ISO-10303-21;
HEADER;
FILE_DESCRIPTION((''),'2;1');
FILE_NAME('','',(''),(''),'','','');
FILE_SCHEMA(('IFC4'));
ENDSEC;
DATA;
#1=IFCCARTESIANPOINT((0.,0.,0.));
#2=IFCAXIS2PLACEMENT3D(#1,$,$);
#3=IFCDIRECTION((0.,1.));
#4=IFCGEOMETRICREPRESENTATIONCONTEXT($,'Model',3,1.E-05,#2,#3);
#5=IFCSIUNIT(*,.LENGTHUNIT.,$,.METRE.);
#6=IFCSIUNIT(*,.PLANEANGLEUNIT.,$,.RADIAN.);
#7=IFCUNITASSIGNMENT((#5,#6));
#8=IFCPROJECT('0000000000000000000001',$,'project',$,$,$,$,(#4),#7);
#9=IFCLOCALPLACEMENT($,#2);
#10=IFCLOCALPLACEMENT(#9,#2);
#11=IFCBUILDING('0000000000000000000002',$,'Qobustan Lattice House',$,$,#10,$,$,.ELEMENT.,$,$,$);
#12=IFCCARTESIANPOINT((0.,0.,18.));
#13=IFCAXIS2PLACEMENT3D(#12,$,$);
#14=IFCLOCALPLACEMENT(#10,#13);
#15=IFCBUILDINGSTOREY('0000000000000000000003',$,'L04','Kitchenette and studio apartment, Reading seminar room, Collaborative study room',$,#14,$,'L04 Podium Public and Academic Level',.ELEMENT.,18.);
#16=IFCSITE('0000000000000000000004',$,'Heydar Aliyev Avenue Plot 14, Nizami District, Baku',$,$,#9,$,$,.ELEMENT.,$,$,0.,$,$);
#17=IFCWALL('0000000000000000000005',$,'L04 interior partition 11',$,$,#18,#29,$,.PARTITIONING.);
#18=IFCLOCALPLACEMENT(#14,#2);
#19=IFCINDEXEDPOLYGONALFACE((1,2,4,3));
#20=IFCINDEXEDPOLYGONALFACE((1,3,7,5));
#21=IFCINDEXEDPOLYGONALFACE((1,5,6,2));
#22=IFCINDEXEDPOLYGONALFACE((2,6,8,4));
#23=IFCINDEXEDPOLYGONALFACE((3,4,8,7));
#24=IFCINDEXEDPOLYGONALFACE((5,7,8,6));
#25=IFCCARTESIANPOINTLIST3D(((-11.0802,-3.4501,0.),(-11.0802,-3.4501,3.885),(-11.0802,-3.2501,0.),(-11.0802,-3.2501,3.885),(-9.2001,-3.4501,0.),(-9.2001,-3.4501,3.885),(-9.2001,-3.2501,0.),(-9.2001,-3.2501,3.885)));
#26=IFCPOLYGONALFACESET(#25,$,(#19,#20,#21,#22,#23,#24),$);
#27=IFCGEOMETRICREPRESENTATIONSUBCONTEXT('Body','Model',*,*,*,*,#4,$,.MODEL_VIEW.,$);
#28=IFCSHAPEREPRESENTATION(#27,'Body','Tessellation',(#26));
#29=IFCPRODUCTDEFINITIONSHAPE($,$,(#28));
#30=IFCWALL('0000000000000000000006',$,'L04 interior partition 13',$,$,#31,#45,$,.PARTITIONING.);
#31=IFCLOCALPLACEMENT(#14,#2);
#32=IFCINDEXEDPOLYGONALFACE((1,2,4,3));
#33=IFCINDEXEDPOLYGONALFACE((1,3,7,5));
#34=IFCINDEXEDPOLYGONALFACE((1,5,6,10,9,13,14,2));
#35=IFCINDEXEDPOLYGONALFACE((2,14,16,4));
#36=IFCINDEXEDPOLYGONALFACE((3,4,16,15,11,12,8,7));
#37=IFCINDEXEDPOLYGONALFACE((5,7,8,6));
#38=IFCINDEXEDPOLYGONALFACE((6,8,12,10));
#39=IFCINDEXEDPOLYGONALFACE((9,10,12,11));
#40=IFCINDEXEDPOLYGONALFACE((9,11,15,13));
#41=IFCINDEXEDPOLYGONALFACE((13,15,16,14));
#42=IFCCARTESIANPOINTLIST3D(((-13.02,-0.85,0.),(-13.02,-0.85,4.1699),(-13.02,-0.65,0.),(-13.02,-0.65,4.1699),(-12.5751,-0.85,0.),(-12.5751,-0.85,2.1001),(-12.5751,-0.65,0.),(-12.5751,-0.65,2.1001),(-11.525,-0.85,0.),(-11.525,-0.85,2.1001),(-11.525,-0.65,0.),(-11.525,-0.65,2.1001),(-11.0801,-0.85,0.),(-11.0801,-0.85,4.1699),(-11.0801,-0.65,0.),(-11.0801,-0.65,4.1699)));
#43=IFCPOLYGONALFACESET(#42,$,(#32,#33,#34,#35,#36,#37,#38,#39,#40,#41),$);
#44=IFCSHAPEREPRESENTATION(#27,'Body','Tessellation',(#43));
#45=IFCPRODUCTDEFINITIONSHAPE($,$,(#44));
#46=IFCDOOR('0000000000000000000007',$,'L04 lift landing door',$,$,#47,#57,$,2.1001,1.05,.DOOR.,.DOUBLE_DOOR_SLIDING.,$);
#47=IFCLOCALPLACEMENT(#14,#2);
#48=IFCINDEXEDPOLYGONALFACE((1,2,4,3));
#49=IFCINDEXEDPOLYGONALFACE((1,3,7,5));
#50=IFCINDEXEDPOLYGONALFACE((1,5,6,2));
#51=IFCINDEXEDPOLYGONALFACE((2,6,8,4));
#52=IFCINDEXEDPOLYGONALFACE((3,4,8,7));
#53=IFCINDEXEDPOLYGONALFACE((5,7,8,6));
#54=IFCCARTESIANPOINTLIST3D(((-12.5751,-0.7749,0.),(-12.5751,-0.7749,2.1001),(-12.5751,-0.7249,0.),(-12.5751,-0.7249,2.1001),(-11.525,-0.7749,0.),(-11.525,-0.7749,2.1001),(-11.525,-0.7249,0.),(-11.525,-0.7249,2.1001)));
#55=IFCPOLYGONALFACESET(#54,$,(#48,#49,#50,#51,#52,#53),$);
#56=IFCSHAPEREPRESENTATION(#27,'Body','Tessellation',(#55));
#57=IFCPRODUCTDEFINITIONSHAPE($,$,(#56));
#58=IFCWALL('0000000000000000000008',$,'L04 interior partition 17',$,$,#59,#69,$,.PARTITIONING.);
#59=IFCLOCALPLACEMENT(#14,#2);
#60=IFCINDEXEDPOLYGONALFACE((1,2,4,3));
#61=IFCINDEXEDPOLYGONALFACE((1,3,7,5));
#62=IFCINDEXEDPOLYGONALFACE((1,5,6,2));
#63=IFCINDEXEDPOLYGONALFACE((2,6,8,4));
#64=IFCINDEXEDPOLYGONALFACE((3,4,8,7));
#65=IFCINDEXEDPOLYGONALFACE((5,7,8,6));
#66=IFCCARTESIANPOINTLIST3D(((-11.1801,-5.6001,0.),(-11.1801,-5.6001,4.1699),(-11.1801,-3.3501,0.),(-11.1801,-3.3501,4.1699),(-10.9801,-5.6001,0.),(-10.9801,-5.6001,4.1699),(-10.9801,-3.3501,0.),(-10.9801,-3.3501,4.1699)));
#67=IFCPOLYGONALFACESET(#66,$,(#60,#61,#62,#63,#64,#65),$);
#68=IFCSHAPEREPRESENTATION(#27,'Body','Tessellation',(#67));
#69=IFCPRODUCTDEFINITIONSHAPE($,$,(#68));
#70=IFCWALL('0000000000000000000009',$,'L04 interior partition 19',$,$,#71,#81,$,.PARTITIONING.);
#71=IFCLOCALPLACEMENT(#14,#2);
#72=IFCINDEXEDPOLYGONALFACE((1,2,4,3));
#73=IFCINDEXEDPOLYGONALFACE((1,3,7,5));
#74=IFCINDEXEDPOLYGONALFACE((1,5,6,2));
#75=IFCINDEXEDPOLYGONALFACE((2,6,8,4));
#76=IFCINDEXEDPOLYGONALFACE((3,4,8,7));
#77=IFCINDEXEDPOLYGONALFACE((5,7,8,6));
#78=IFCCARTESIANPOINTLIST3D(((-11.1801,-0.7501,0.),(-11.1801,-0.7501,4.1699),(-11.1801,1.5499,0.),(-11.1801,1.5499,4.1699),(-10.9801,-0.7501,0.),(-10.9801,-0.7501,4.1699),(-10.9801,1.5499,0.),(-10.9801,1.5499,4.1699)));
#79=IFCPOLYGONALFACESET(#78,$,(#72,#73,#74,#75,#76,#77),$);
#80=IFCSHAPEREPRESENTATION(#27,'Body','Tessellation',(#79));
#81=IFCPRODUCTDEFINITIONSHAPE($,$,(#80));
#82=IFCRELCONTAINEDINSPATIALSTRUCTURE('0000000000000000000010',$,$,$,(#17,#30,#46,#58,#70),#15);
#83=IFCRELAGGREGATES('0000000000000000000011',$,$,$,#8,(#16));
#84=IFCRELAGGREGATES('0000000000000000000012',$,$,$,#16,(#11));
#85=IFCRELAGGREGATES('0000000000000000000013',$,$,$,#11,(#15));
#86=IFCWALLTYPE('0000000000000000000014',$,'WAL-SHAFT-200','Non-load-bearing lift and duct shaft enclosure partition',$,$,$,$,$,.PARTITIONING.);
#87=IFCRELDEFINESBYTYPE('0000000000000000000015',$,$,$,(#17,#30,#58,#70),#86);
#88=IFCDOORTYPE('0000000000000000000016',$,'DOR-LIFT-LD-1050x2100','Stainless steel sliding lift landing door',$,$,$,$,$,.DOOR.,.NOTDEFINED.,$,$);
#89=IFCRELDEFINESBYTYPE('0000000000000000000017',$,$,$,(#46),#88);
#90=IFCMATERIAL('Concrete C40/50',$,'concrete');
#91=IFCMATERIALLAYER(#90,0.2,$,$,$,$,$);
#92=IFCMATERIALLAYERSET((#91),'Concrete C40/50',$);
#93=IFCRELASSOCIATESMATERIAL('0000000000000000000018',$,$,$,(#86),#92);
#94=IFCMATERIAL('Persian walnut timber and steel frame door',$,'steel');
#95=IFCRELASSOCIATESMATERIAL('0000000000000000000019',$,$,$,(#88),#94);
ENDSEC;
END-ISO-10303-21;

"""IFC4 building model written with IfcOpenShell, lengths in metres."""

from ifc_helpers import new_model, si_unit, direction, frame, frame_2d, origin, place, context, subcontext, project, spatial, rectangle, extrude, material, layer, layer_set, type_object, element, fill, save


model = new_model("IFC4")

# Units and contexts
model_context = context("Model", 3, precision=1e-05, world=origin(), true_north=direction((0.0, 1.0)))
body_context = subcontext(model_context, "Body", "Model", "MODEL_VIEW")
ifc_project = project(units=[si_unit("LENGTHUNIT", "METRE"), si_unit("PLANEANGLEUNIT", "RADIAN")], contexts=[model_context])

# Site, building, storey
site_placement = place(None, origin())
site = spatial("IfcSite", under=ifc_project, at=site_placement, Name="Heydar Aliyev Avenue Plot 14, Nizami District, Baku", CompositionType="ELEMENT", RefElevation=0.0)
building_placement = place(site_placement, origin())
building = spatial("IfcBuilding", under=site, at=building_placement, Name="Qobustan Lattice House", CompositionType="ELEMENT")
storey_placement = place(building_placement, frame((0.0, 0.0, 18.0)))
storey = spatial("IfcBuildingStorey", under=building, at=storey_placement, Name="L04", Description="Kitchenette and studio apartment, Reading seminar room, Collaborative study room", LongName="L04 Podium Public and Academic Level", CompositionType="ELEMENT", Elevation=18.0)

# Wall
ifc_material_1 = material(Name="Concrete C40/50", Category="concrete")
ifc_layer_1 = layer(ifc_material_1, 0.2)
ifc_layer_set_1 = layer_set([ifc_layer_1], Name="Concrete C40/50")
wall_type_1 = type_object("IfcWallType", Name="WAL-SHAFT-200", Description="Non-load-bearing lift and duct shaft enclosure partition", PredefinedType="PARTITIONING", material=ifc_layer_set_1)
wall_1_placement = place(storey_placement, frame((-11.0801, -3.3501, 0.0), z_axis=(0.0, 0.0, 1.0), x_axis=(1.0, 0.0, 0.0)))
element("IfcWall", 1, at=wall_1_placement, inside=storey, type_object=wall_type_1, Name="L04 interior partition 11", PredefinedType="PARTITIONING", context=body_context, shape_type="SweptSolid", body=[
    extrude(rectangle(XDim=1.8801, YDim=0.2, at=frame_2d((0.9399, 0.0))), origin(), (0.0, 0.0, 1.0), 3.885),
])

# Wall, opening, door
wall_2_placement = place(storey_placement, frame((-11.0801, -0.75, 0.0), z_axis=(0.0, 0.0, 1.0), x_axis=(-1.0, 0.0, 0.0)))
wall_2 = element("IfcWall", 2, at=wall_2_placement, inside=storey, type_object=wall_type_1, Name="L04 interior partition 13", PredefinedType="PARTITIONING", context=body_context, shape_type="SweptSolid", body=[
    extrude(rectangle(XDim=1.9399, YDim=0.2, at=frame_2d((0.97, 0.0))), origin(), (0.0, 0.0, 1.0), 4.1699),
])
opening_1_placement = place(wall_2_placement, frame((0.4451, 0.0, 0.0)))
opening_1 = element("IfcOpeningElement", 3, at=opening_1_placement, cuts=wall_2, PredefinedType="OPENING", context=body_context, shape_type="SweptSolid", body=[
    extrude(rectangle(XDim=1.05, YDim=2.1001, at=frame_2d((0.5249, 1.05))), frame((0.0, 0.1099, 0.0), z_axis=(0.0, -1.0, 0.0), x_axis=(1.0, 0.0, 0.0)), (0.0, 0.0, 1.0), 0.22),
])
ifc_material_2 = material(Name="Persian walnut timber and steel frame door", Category="steel")
door_type_1 = type_object("IfcDoorType", Name="DOR-LIFT-LD-1050x2100", Description="Stainless steel sliding lift landing door", OperationType="NOTDEFINED", PredefinedType="DOOR", material=ifc_material_2)
door_1_placement = place(opening_1_placement, origin())
door_1 = element("IfcDoor", 4, at=door_1_placement, inside=storey, type_object=door_type_1, Name="L04 lift landing door", OperationType="DOUBLE_DOOR_SLIDING", OverallHeight=2.1001, OverallWidth=1.05, PredefinedType="DOOR", context=body_context, shape_type="SweptSolid", body=[
    extrude(rectangle(XDim=1.05, YDim=2.1001, at=frame_2d((0.5249, 1.05))), frame((0.0, 0.0249, 0.0), z_axis=(0.0, -1.0, 0.0), x_axis=(1.0, 0.0, 0.0)), (0.0, 0.0, 1.0), 0.05),
])
fill(opening_1, door_1)

# Walls
wall_3_placement = place(storey_placement, frame((-11.0801, -5.6001, 0.0), z_axis=(0.0, 0.0, 1.0), x_axis=(0.0, 1.0, 0.0)))
element("IfcWall", 5, at=wall_3_placement, inside=storey, type_object=wall_type_1, Name="L04 interior partition 17", PredefinedType="PARTITIONING", context=body_context, shape_type="SweptSolid", body=[
    extrude(rectangle(XDim=2.25, YDim=0.2, at=frame_2d((1.125, 0.0))), origin(), (0.0, 0.0, 1.0), 4.1699),
])
wall_4_placement = place(storey_placement, frame((-11.0801, -0.75, 0.0), z_axis=(0.0, 0.0, 1.0), x_axis=(0.0, 1.0, 0.0)))
element("IfcWall", 6, at=wall_4_placement, inside=storey, type_object=wall_type_1, Name="L04 interior partition 19", PredefinedType="PARTITIONING", context=body_context, shape_type="SweptSolid", body=[
    extrude(rectangle(XDim=2.3, YDim=0.2, at=frame_2d((1.1499, 0.0))), origin(), (0.0, 0.0, 1.0), 4.1699),
])

save(model, "model.ifc")
